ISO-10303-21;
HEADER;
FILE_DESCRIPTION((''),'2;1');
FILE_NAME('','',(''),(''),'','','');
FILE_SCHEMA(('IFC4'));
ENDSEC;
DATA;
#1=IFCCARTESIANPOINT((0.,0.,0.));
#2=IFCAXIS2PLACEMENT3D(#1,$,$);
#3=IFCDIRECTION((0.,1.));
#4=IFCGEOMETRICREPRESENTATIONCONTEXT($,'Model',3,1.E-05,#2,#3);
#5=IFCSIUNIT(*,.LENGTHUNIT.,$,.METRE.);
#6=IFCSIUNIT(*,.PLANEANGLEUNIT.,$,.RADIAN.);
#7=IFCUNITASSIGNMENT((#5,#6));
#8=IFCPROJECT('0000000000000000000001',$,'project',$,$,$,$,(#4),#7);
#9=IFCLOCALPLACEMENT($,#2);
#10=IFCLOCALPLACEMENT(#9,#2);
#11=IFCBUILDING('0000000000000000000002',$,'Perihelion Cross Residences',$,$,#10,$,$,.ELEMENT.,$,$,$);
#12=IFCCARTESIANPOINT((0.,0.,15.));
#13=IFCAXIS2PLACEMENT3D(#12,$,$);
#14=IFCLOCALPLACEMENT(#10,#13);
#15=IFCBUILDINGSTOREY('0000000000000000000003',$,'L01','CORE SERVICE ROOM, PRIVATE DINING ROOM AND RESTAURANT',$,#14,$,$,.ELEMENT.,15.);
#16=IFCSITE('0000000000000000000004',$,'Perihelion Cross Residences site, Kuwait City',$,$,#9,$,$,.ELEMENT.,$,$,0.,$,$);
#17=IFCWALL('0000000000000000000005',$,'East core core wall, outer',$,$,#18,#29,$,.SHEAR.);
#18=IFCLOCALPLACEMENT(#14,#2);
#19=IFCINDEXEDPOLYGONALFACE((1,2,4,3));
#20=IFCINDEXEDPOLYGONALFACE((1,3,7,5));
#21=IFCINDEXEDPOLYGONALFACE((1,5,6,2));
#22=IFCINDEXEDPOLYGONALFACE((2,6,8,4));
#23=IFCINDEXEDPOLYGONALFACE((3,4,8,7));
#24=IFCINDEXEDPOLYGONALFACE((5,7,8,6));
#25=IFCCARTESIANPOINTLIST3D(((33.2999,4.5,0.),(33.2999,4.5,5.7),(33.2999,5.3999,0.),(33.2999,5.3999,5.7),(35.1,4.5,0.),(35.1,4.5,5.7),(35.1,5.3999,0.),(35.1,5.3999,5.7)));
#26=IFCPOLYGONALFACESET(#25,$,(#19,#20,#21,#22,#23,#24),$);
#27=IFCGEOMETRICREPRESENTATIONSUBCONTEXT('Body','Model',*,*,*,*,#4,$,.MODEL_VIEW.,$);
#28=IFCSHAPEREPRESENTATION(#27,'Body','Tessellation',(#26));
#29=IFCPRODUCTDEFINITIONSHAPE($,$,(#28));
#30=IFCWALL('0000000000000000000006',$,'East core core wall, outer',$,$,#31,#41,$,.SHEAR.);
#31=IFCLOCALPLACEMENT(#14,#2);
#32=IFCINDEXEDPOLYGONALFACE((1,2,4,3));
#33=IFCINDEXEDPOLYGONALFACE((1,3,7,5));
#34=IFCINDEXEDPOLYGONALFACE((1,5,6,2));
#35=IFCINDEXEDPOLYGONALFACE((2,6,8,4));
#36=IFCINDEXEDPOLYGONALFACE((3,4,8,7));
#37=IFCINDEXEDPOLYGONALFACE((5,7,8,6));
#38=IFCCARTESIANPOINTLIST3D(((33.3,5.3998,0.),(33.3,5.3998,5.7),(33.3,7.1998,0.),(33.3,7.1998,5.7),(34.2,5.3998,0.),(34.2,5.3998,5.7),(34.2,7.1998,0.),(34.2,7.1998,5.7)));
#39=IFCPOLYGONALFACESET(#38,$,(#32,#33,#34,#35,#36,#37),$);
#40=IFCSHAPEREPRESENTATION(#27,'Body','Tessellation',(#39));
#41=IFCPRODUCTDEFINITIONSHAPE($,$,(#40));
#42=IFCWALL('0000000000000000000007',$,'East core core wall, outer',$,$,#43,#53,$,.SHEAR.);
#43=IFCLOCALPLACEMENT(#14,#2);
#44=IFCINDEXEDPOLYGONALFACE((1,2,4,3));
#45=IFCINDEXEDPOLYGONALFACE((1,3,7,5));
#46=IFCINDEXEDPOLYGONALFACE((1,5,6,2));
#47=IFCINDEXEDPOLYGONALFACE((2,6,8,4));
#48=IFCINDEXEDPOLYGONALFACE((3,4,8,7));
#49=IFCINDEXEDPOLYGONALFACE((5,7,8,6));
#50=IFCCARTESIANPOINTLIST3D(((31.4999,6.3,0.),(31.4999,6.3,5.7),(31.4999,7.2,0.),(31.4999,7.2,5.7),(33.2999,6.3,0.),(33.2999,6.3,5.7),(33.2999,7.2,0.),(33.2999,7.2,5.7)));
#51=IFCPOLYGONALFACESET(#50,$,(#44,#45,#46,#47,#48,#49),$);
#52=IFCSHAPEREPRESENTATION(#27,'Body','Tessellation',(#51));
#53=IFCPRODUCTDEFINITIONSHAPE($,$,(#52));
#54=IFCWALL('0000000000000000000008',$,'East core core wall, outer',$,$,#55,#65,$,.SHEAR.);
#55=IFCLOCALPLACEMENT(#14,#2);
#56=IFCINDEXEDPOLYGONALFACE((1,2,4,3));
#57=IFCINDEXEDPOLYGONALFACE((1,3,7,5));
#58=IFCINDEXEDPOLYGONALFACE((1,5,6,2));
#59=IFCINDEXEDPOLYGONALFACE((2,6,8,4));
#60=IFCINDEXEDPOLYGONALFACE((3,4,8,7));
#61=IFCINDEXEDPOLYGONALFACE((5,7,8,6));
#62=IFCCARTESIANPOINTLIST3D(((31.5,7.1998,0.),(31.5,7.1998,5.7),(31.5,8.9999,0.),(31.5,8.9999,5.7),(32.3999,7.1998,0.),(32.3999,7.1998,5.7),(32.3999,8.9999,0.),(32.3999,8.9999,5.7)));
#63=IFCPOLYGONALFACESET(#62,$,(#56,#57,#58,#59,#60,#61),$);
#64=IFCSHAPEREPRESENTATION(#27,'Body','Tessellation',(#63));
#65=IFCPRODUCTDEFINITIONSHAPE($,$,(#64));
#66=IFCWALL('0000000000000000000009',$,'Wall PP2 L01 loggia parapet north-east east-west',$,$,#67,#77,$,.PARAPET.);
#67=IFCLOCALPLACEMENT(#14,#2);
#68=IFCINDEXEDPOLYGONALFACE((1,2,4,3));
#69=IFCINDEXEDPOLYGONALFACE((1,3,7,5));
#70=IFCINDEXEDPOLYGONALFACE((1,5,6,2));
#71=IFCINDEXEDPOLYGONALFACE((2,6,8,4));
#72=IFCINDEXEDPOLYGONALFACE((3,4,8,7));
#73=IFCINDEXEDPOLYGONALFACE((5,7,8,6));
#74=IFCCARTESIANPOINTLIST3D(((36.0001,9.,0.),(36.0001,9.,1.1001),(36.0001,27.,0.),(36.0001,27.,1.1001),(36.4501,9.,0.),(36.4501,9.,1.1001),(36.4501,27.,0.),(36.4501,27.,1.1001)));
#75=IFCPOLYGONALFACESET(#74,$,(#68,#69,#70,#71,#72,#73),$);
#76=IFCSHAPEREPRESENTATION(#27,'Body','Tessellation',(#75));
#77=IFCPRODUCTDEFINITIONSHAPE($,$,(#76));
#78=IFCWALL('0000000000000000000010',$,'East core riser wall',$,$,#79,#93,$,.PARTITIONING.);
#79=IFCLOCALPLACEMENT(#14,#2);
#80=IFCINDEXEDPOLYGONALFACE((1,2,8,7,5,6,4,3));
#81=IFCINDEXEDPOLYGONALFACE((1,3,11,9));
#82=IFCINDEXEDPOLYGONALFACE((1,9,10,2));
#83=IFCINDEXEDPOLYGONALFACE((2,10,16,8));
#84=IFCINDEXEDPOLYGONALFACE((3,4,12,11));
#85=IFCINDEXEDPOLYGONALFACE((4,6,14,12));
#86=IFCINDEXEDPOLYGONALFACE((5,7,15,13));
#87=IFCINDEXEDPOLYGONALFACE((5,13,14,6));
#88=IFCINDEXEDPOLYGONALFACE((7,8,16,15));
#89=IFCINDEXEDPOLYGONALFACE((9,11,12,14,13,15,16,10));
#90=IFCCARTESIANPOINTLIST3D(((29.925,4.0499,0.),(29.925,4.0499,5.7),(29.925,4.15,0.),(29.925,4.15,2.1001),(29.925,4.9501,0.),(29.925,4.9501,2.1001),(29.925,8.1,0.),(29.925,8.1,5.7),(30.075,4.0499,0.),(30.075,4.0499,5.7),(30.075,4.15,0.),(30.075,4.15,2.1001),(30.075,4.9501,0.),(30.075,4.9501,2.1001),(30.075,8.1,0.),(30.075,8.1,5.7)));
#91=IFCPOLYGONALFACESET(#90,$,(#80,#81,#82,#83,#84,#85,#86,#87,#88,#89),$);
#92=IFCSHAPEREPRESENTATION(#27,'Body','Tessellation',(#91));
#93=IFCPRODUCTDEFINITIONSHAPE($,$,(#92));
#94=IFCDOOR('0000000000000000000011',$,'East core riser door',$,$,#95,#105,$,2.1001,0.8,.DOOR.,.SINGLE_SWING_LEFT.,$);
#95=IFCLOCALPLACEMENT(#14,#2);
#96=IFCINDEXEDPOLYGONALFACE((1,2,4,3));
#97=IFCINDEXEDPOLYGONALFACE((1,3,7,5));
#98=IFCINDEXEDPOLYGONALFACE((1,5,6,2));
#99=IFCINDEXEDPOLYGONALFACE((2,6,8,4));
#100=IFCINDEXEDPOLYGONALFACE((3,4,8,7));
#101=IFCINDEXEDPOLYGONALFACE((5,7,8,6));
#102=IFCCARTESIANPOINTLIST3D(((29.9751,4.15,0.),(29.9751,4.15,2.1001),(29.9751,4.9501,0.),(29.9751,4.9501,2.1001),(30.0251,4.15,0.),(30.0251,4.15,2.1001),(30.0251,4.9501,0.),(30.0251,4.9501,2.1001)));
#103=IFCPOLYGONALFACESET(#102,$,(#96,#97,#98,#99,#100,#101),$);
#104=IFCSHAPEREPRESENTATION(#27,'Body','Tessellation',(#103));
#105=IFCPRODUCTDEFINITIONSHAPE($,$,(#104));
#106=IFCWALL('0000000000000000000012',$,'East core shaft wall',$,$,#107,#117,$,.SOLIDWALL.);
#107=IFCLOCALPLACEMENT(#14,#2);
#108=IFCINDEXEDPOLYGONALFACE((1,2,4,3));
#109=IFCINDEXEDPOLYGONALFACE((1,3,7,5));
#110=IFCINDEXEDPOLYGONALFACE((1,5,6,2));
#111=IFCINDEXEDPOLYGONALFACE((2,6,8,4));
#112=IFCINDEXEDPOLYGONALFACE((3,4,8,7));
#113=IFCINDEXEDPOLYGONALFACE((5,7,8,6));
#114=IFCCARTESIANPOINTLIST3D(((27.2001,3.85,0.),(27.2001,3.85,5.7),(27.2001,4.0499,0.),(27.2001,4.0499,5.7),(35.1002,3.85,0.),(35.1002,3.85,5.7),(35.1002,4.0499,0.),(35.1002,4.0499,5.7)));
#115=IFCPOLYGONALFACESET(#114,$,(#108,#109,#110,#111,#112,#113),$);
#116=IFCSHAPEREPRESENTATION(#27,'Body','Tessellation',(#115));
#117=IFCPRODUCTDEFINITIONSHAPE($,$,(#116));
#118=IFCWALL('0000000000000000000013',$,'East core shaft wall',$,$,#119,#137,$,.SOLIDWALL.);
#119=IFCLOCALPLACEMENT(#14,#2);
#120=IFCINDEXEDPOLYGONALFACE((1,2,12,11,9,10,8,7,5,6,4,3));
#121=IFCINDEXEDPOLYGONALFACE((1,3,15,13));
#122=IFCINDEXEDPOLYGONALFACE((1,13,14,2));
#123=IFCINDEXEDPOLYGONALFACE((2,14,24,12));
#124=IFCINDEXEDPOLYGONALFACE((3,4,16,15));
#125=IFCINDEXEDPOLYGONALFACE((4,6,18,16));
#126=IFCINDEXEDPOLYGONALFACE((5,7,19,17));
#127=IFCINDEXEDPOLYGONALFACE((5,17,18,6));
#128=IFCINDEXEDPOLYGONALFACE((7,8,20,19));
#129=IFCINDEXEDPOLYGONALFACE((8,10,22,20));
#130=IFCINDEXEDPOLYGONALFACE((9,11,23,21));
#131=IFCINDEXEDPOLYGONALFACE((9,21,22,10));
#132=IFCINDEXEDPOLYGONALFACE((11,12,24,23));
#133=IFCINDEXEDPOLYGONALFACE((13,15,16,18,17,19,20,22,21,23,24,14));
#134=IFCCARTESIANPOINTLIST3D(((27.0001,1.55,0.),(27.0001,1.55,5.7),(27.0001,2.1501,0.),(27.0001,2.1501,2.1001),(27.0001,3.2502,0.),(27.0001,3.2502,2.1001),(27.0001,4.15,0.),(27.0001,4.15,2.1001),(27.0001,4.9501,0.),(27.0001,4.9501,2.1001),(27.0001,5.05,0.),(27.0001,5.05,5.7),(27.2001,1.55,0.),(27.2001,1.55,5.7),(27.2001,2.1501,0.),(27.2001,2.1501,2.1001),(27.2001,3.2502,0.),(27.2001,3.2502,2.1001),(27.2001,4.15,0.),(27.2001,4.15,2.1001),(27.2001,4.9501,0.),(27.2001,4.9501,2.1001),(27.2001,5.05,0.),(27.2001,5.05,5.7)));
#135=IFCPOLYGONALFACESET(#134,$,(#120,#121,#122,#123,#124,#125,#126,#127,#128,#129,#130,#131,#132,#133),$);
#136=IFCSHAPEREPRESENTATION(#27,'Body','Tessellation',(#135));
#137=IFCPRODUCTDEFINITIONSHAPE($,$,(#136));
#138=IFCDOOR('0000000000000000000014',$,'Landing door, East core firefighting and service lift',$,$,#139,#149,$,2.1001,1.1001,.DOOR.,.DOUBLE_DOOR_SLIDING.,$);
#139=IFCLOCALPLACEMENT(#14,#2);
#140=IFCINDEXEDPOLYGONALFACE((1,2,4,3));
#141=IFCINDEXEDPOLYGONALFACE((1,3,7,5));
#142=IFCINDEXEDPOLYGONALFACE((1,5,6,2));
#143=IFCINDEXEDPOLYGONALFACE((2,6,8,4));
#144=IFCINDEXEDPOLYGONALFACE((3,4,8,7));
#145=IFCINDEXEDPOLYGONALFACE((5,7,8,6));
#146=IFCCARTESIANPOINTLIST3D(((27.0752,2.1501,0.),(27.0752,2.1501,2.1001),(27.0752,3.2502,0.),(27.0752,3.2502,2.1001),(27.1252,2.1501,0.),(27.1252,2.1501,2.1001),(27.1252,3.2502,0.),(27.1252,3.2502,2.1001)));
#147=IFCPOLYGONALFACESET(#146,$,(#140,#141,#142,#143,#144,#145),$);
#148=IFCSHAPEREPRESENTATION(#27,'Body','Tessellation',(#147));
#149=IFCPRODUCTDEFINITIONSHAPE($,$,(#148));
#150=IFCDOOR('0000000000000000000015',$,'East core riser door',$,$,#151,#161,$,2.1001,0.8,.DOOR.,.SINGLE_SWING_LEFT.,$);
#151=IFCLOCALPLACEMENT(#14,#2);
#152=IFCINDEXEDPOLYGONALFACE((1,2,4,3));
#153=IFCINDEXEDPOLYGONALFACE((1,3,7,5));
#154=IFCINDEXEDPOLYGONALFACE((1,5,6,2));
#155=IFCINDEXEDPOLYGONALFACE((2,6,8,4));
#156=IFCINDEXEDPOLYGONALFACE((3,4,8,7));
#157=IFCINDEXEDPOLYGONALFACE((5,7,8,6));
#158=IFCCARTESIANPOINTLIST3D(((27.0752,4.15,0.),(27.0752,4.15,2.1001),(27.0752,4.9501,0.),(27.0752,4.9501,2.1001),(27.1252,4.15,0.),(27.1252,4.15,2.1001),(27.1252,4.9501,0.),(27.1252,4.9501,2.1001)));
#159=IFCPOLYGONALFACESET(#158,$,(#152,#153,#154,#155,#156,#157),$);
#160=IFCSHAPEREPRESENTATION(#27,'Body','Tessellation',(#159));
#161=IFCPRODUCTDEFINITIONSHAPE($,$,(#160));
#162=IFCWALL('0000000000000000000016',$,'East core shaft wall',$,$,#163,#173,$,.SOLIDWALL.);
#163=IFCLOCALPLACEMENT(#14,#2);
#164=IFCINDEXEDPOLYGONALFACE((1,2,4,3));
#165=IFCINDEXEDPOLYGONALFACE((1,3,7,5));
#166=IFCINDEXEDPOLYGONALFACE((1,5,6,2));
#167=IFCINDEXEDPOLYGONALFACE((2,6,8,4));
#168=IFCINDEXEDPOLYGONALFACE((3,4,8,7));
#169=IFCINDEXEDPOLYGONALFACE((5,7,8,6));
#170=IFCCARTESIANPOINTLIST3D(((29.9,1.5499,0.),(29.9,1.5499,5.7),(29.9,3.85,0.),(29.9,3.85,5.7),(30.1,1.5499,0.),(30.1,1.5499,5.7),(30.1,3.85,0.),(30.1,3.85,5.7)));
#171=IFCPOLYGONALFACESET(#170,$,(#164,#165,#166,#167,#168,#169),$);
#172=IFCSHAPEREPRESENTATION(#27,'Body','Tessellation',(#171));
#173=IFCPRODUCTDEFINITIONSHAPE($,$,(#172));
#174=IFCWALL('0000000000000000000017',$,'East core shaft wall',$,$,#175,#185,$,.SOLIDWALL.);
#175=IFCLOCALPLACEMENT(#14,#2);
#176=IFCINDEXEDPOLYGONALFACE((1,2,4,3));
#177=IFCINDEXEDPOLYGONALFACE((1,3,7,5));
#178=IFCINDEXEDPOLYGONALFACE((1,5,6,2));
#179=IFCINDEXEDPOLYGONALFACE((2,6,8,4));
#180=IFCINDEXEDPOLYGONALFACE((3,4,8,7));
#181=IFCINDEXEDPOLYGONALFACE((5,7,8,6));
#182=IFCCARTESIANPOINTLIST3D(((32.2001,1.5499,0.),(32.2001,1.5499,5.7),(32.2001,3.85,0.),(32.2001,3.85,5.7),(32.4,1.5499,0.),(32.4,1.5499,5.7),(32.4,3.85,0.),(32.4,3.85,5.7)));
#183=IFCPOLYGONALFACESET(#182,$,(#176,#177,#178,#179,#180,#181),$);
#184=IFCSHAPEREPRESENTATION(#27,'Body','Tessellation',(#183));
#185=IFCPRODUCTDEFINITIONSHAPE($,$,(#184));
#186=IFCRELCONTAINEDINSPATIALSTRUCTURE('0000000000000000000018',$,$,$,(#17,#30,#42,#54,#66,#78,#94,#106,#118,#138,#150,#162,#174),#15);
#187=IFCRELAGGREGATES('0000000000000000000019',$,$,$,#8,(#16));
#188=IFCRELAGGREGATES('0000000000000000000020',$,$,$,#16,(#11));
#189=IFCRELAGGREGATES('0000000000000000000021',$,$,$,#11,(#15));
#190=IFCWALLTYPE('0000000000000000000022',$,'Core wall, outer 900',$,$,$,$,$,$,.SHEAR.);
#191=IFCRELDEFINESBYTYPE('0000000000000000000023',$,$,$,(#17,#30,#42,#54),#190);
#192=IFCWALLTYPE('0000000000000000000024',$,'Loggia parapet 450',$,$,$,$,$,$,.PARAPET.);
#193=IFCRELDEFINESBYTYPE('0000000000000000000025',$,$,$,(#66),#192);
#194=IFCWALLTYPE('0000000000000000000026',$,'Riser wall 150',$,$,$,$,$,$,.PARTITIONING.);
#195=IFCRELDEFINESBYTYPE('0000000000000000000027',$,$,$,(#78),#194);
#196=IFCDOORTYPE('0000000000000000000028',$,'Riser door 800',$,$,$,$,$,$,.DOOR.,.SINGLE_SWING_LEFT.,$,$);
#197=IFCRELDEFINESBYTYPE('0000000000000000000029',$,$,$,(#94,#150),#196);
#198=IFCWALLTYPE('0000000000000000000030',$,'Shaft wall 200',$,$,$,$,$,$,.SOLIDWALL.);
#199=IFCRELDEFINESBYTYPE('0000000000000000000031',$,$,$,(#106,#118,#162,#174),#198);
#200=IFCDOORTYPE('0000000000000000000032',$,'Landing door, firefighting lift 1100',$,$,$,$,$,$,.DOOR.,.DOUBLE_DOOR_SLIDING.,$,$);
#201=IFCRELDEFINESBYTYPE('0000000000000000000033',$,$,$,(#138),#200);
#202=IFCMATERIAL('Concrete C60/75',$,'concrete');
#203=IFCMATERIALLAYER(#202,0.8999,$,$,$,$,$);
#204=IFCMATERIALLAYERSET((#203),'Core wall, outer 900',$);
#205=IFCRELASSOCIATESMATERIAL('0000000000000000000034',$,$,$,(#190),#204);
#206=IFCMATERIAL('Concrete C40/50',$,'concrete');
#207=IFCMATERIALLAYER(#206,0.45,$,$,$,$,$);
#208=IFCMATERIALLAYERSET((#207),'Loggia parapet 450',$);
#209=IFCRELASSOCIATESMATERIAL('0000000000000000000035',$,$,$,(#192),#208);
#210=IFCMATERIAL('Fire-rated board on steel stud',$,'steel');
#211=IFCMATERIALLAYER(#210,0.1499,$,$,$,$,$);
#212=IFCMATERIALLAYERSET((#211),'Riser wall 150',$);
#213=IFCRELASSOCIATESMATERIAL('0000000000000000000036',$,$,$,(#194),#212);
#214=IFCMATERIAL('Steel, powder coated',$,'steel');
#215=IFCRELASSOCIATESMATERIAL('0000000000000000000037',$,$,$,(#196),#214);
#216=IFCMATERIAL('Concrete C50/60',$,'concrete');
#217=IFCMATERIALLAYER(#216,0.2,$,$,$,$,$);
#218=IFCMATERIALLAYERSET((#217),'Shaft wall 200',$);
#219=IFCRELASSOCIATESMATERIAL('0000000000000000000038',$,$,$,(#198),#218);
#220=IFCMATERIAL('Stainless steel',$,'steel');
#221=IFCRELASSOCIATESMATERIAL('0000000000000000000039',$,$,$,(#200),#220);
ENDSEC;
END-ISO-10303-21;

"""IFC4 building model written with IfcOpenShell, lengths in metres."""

from ifc_helpers import new_model, si_unit, direction, frame, frame_2d, origin, place, context, subcontext, project, spatial, rectangle, extrude, material, layer, layer_set, type_object, element, fill, save


model = new_model("IFC4")

# Units and contexts
model_context = context("Model", 3, precision=1e-05, world=origin(), true_north=direction((0.0, 1.0)))
body_context = subcontext(model_context, "Body", "Model", "MODEL_VIEW")
ifc_project = project(units=[si_unit("LENGTHUNIT", "METRE"), si_unit("PLANEANGLEUNIT", "RADIAN")], contexts=[model_context])

# Site, building, storey
site_placement = place(None, origin())
site = spatial("IfcSite", under=ifc_project, at=site_placement, Name="Perihelion Cross Residences site, Kuwait City", CompositionType="ELEMENT", RefElevation=0.0)
building_placement = place(site_placement, origin())
building = spatial("IfcBuilding", under=site, at=building_placement, Name="Perihelion Cross Residences", CompositionType="ELEMENT")
storey_placement = place(building_placement, frame((0.0, 0.0, 15.0)))
storey = spatial("IfcBuildingStorey", under=building, at=storey_placement, Name="L01", Description="CORE SERVICE ROOM, PRIVATE DINING ROOM AND RESTAURANT", CompositionType="ELEMENT", Elevation=15.0)

# Walls
ifc_material_1 = material(Name="Concrete C60/75", Category="concrete")
ifc_layer_1 = layer(ifc_material_1, 0.8999)
ifc_layer_set_1 = layer_set([ifc_layer_1], Name="Core wall, outer 900")
wall_type_1 = type_object("IfcWallType", Name="Core wall, outer 900", PredefinedType="SHEAR", material=ifc_layer_set_1)
for number, where, z_axis, x_axis, name in (
    (1, (33.3, 4.95, 0.0), (0.0, 0.0, 1.0), (1.0, 0.0, 0.0), "East core core wall, outer"),
    (2, (33.75, 5.3999, 0.0), (0.0, 0.0, 1.0), (0.0, 1.0, 0.0), "East core core wall, outer"),
    (3, (31.5, 6.75, 0.0), (0.0, 0.0, 1.0), (1.0, 0.0, 0.0), "East core core wall, outer"),
    (4, (31.95, 7.2, 0.0), (0.0, 0.0, 1.0), (0.0, 1.0, 0.0), "East core core wall, outer"),
):
    element("IfcWall", number, at=place(storey_placement, frame(where, z_axis=z_axis, x_axis=x_axis)), inside=storey, type_object=wall_type_1, Name=name, PredefinedType="SHEAR", context=body_context, shape_type="SweptSolid", body=[
        extrude(rectangle(XDim=1.8, YDim=0.8999, at=frame_2d((0.8999, 0.0))), origin(), (0.0, 0.0, 1.0), 5.7),
    ])
ifc_material_2 = material(Name="Concrete C40/50", Category="concrete")
ifc_layer_2 = layer(ifc_material_2, 0.45)
ifc_layer_set_2 = layer_set([ifc_layer_2], Name="Loggia parapet 450")
wall_type_2 = type_object("IfcWallType", Name="Loggia parapet 450", PredefinedType="PARAPET", material=ifc_layer_set_2)
wall_1_placement = place(storey_placement, frame((36.2251, 9.0, 0.0), z_axis=(0.0, 0.0, 1.0), x_axis=(0.0, 1.0, 0.0)))
element("IfcWall", 5, at=wall_1_placement, inside=storey, type_object=wall_type_2, Name="Wall PP2 L01 loggia parapet north-east east-west", PredefinedType="PARAPET", context=body_context, shape_type="SweptSolid", body=[
    extrude(rectangle(XDim=18.0, YDim=0.45, at=frame_2d((9.0, 0.0))), origin(), (0.0, 0.0, 1.0), 1.1001),
])

# Wall, opening, door
ifc_material_3 = material(Name="Fire-rated board on steel stud", Category="steel")
ifc_layer_3 = layer(ifc_material_3, 0.1499)
ifc_layer_set_3 = layer_set([ifc_layer_3], Name="Riser wall 150")
wall_type_3 = type_object("IfcWallType", Name="Riser wall 150", PredefinedType="PARTITIONING", material=ifc_layer_set_3)
wall_2_placement = place(storey_placement, frame((30.0, 4.05, 0.0), z_axis=(0.0, 0.0, 1.0), x_axis=(0.0, 1.0, 0.0)))
wall_2 = element("IfcWall", 6, at=wall_2_placement, inside=storey, type_object=wall_type_3, Name="East core riser wall", PredefinedType="PARTITIONING", context=body_context, shape_type="SweptSolid", body=[
    extrude(rectangle(XDim=4.05, YDim=0.1499, at=frame_2d((2.0249, 0.0))), origin(), (0.0, 0.0, 1.0), 5.7),
])
opening_1_placement = place(wall_2_placement, frame((0.1001, 0.0, 0.0)))
opening_1 = element("IfcOpeningElement", 7, at=opening_1_placement, cuts=wall_2, PredefinedType="OPENING", context=body_context, shape_type="SweptSolid", body=[
    extrude(rectangle(XDim=0.8, YDim=2.1001, at=frame_2d((0.3999, 1.05))), frame((0.0, 0.085, 0.0), z_axis=(0.0, -1.0, 0.0), x_axis=(1.0, 0.0, 0.0)), (0.0, 0.0, 1.0), 0.1699),
])
ifc_material_4 = material(Name="Steel, powder coated", Category="steel")
door_type_1 = type_object("IfcDoorType", Name="Riser door 800", OperationType="SINGLE_SWING_LEFT", PredefinedType="DOOR", material=ifc_material_4)
door_1_placement = place(opening_1_placement, origin())
door_1 = element("IfcDoor", 8, at=door_1_placement, inside=storey, type_object=door_type_1, Name="East core riser door", OperationType="SINGLE_SWING_LEFT", OverallHeight=2.1001, OverallWidth=0.8, PredefinedType="DOOR", context=body_context, shape_type="SweptSolid", body=[
    extrude(rectangle(XDim=0.8, YDim=2.1001, at=frame_2d((0.3999, 1.05))), frame((0.0, 0.0249, 0.0), z_axis=(0.0, -1.0, 0.0), x_axis=(1.0, 0.0, 0.0)), (0.0, 0.0, 1.0), 0.05),
])
fill(opening_1, door_1)

# Wall
ifc_material_5 = material(Name="Concrete C50/60", Category="concrete")
ifc_layer_4 = layer(ifc_material_5, 0.2)
ifc_layer_set_4 = layer_set([ifc_layer_4], Name="Shaft wall 200")
wall_type_4 = type_object("IfcWallType", Name="Shaft wall 200", PredefinedType="SOLIDWALL", material=ifc_layer_set_4)
wall_3_placement = place(storey_placement, frame((27.2, 3.95, 0.0), z_axis=(0.0, 0.0, 1.0), x_axis=(1.0, 0.0, 0.0)))
element("IfcWall", 9, at=wall_3_placement, inside=storey, type_object=wall_type_4, Name="East core shaft wall", PredefinedType="SOLIDWALL", context=body_context, shape_type="SweptSolid", body=[
    extrude(rectangle(XDim=7.9001, YDim=0.2, at=frame_2d((3.9502, 0.0))), origin(), (0.0, 0.0, 1.0), 5.7),
])

# Wall, openings, doors
wall_4_placement = place(storey_placement, frame((27.1001, 1.55, 0.0), z_axis=(0.0, 0.0, 1.0), x_axis=(0.0, 1.0, 0.0)))
wall_4 = element("IfcWall", 10, at=wall_4_placement, inside=storey, type_object=wall_type_4, Name="East core shaft wall", PredefinedType="SOLIDWALL", context=body_context, shape_type="SweptSolid", body=[
    extrude(rectangle(XDim=3.5, YDim=0.2, at=frame_2d((1.75, 0.0))), origin(), (0.0, 0.0, 1.0), 5.7),
])
opening_2_placement = place(wall_4_placement, frame((0.6001, 0.0, 0.0)))
opening_2 = element("IfcOpeningElement", 11, at=opening_2_placement, cuts=wall_4, PredefinedType="OPENING", context=body_context, shape_type="SweptSolid", body=[
    extrude(rectangle(XDim=1.1001, YDim=2.1001, at=frame_2d((0.55, 1.05))), frame((0.0, 0.1099, 0.0), z_axis=(0.0, -1.0, 0.0), x_axis=(1.0, 0.0, 0.0)), (0.0, 0.0, 1.0), 0.22),
])
opening_3_placement = place(wall_4_placement, frame((2.6001, 0.0, 0.0)))
opening_3 = element("IfcOpeningElement", 12, at=opening_3_placement, cuts=wall_4, PredefinedType="OPENING", context=body_context, shape_type="SweptSolid", body=[
    extrude(rectangle(XDim=0.8, YDim=2.1001, at=frame_2d((0.3999, 1.05))), frame((0.0, 0.1099, 0.0), z_axis=(0.0, -1.0, 0.0), x_axis=(1.0, 0.0, 0.0)), (0.0, 0.0, 1.0), 0.22),
])
ifc_material_6 = material(Name="Stainless steel", Category="steel")
door_type_2 = type_object("IfcDoorType", Name="Landing door, firefighting lift 1100", OperationType="DOUBLE_DOOR_SLIDING", PredefinedType="DOOR", material=ifc_material_6)
door_2_placement = place(opening_2_placement, origin())
door_2 = element("IfcDoor", 13, at=door_2_placement, inside=storey, type_object=door_type_2, Name="Landing door, East core firefighting and service lift", OperationType="DOUBLE_DOOR_SLIDING", OverallHeight=2.1001, OverallWidth=1.1001, PredefinedType="DOOR", context=body_context, shape_type="SweptSolid", body=[
    extrude(rectangle(XDim=1.1001, YDim=2.1001, at=frame_2d((0.55, 1.05))), frame((0.0, 0.0249, 0.0), z_axis=(0.0, -1.0, 0.0), x_axis=(1.0, 0.0, 0.0)), (0.0, 0.0, 1.0), 0.05),
])
fill(opening_2, door_2)
door_3_placement = place(opening_3_placement, origin())
door_3 = element("IfcDoor", 14, at=door_3_placement, inside=storey, type_object=door_type_1, Name="East core riser door", OperationType="SINGLE_SWING_LEFT", OverallHeight=2.1001, OverallWidth=0.8, PredefinedType="DOOR", context=body_context, shape_type="SweptSolid", body=[
    extrude(rectangle(XDim=0.8, YDim=2.1001, at=frame_2d((0.3999, 1.05))), frame((0.0, 0.0249, 0.0), z_axis=(0.0, -1.0, 0.0), x_axis=(1.0, 0.0, 0.0)), (0.0, 0.0, 1.0), 0.05),
])
fill(opening_3, door_3)

# Walls
for number, where, z_axis, x_axis, name in (
    (15, (30.0, 1.55, 0.0), (0.0, 0.0, 1.0), (0.0, 1.0, 0.0), "East core shaft wall"),
    (16, (32.3, 1.55, 0.0), (0.0, 0.0, 1.0), (0.0, 1.0, 0.0), "East core shaft wall"),
):
    element("IfcWall", number, at=place(storey_placement, frame(where, z_axis=z_axis, x_axis=x_axis)), inside=storey, type_object=wall_type_4, Name=name, PredefinedType="SOLIDWALL", context=body_context, shape_type="SweptSolid", body=[
        extrude(rectangle(XDim=2.3, YDim=0.2, at=frame_2d((1.1499, 0.0))), origin(), (0.0, 0.0, 1.0), 5.7),
    ])

save(model, "model.ifc")
